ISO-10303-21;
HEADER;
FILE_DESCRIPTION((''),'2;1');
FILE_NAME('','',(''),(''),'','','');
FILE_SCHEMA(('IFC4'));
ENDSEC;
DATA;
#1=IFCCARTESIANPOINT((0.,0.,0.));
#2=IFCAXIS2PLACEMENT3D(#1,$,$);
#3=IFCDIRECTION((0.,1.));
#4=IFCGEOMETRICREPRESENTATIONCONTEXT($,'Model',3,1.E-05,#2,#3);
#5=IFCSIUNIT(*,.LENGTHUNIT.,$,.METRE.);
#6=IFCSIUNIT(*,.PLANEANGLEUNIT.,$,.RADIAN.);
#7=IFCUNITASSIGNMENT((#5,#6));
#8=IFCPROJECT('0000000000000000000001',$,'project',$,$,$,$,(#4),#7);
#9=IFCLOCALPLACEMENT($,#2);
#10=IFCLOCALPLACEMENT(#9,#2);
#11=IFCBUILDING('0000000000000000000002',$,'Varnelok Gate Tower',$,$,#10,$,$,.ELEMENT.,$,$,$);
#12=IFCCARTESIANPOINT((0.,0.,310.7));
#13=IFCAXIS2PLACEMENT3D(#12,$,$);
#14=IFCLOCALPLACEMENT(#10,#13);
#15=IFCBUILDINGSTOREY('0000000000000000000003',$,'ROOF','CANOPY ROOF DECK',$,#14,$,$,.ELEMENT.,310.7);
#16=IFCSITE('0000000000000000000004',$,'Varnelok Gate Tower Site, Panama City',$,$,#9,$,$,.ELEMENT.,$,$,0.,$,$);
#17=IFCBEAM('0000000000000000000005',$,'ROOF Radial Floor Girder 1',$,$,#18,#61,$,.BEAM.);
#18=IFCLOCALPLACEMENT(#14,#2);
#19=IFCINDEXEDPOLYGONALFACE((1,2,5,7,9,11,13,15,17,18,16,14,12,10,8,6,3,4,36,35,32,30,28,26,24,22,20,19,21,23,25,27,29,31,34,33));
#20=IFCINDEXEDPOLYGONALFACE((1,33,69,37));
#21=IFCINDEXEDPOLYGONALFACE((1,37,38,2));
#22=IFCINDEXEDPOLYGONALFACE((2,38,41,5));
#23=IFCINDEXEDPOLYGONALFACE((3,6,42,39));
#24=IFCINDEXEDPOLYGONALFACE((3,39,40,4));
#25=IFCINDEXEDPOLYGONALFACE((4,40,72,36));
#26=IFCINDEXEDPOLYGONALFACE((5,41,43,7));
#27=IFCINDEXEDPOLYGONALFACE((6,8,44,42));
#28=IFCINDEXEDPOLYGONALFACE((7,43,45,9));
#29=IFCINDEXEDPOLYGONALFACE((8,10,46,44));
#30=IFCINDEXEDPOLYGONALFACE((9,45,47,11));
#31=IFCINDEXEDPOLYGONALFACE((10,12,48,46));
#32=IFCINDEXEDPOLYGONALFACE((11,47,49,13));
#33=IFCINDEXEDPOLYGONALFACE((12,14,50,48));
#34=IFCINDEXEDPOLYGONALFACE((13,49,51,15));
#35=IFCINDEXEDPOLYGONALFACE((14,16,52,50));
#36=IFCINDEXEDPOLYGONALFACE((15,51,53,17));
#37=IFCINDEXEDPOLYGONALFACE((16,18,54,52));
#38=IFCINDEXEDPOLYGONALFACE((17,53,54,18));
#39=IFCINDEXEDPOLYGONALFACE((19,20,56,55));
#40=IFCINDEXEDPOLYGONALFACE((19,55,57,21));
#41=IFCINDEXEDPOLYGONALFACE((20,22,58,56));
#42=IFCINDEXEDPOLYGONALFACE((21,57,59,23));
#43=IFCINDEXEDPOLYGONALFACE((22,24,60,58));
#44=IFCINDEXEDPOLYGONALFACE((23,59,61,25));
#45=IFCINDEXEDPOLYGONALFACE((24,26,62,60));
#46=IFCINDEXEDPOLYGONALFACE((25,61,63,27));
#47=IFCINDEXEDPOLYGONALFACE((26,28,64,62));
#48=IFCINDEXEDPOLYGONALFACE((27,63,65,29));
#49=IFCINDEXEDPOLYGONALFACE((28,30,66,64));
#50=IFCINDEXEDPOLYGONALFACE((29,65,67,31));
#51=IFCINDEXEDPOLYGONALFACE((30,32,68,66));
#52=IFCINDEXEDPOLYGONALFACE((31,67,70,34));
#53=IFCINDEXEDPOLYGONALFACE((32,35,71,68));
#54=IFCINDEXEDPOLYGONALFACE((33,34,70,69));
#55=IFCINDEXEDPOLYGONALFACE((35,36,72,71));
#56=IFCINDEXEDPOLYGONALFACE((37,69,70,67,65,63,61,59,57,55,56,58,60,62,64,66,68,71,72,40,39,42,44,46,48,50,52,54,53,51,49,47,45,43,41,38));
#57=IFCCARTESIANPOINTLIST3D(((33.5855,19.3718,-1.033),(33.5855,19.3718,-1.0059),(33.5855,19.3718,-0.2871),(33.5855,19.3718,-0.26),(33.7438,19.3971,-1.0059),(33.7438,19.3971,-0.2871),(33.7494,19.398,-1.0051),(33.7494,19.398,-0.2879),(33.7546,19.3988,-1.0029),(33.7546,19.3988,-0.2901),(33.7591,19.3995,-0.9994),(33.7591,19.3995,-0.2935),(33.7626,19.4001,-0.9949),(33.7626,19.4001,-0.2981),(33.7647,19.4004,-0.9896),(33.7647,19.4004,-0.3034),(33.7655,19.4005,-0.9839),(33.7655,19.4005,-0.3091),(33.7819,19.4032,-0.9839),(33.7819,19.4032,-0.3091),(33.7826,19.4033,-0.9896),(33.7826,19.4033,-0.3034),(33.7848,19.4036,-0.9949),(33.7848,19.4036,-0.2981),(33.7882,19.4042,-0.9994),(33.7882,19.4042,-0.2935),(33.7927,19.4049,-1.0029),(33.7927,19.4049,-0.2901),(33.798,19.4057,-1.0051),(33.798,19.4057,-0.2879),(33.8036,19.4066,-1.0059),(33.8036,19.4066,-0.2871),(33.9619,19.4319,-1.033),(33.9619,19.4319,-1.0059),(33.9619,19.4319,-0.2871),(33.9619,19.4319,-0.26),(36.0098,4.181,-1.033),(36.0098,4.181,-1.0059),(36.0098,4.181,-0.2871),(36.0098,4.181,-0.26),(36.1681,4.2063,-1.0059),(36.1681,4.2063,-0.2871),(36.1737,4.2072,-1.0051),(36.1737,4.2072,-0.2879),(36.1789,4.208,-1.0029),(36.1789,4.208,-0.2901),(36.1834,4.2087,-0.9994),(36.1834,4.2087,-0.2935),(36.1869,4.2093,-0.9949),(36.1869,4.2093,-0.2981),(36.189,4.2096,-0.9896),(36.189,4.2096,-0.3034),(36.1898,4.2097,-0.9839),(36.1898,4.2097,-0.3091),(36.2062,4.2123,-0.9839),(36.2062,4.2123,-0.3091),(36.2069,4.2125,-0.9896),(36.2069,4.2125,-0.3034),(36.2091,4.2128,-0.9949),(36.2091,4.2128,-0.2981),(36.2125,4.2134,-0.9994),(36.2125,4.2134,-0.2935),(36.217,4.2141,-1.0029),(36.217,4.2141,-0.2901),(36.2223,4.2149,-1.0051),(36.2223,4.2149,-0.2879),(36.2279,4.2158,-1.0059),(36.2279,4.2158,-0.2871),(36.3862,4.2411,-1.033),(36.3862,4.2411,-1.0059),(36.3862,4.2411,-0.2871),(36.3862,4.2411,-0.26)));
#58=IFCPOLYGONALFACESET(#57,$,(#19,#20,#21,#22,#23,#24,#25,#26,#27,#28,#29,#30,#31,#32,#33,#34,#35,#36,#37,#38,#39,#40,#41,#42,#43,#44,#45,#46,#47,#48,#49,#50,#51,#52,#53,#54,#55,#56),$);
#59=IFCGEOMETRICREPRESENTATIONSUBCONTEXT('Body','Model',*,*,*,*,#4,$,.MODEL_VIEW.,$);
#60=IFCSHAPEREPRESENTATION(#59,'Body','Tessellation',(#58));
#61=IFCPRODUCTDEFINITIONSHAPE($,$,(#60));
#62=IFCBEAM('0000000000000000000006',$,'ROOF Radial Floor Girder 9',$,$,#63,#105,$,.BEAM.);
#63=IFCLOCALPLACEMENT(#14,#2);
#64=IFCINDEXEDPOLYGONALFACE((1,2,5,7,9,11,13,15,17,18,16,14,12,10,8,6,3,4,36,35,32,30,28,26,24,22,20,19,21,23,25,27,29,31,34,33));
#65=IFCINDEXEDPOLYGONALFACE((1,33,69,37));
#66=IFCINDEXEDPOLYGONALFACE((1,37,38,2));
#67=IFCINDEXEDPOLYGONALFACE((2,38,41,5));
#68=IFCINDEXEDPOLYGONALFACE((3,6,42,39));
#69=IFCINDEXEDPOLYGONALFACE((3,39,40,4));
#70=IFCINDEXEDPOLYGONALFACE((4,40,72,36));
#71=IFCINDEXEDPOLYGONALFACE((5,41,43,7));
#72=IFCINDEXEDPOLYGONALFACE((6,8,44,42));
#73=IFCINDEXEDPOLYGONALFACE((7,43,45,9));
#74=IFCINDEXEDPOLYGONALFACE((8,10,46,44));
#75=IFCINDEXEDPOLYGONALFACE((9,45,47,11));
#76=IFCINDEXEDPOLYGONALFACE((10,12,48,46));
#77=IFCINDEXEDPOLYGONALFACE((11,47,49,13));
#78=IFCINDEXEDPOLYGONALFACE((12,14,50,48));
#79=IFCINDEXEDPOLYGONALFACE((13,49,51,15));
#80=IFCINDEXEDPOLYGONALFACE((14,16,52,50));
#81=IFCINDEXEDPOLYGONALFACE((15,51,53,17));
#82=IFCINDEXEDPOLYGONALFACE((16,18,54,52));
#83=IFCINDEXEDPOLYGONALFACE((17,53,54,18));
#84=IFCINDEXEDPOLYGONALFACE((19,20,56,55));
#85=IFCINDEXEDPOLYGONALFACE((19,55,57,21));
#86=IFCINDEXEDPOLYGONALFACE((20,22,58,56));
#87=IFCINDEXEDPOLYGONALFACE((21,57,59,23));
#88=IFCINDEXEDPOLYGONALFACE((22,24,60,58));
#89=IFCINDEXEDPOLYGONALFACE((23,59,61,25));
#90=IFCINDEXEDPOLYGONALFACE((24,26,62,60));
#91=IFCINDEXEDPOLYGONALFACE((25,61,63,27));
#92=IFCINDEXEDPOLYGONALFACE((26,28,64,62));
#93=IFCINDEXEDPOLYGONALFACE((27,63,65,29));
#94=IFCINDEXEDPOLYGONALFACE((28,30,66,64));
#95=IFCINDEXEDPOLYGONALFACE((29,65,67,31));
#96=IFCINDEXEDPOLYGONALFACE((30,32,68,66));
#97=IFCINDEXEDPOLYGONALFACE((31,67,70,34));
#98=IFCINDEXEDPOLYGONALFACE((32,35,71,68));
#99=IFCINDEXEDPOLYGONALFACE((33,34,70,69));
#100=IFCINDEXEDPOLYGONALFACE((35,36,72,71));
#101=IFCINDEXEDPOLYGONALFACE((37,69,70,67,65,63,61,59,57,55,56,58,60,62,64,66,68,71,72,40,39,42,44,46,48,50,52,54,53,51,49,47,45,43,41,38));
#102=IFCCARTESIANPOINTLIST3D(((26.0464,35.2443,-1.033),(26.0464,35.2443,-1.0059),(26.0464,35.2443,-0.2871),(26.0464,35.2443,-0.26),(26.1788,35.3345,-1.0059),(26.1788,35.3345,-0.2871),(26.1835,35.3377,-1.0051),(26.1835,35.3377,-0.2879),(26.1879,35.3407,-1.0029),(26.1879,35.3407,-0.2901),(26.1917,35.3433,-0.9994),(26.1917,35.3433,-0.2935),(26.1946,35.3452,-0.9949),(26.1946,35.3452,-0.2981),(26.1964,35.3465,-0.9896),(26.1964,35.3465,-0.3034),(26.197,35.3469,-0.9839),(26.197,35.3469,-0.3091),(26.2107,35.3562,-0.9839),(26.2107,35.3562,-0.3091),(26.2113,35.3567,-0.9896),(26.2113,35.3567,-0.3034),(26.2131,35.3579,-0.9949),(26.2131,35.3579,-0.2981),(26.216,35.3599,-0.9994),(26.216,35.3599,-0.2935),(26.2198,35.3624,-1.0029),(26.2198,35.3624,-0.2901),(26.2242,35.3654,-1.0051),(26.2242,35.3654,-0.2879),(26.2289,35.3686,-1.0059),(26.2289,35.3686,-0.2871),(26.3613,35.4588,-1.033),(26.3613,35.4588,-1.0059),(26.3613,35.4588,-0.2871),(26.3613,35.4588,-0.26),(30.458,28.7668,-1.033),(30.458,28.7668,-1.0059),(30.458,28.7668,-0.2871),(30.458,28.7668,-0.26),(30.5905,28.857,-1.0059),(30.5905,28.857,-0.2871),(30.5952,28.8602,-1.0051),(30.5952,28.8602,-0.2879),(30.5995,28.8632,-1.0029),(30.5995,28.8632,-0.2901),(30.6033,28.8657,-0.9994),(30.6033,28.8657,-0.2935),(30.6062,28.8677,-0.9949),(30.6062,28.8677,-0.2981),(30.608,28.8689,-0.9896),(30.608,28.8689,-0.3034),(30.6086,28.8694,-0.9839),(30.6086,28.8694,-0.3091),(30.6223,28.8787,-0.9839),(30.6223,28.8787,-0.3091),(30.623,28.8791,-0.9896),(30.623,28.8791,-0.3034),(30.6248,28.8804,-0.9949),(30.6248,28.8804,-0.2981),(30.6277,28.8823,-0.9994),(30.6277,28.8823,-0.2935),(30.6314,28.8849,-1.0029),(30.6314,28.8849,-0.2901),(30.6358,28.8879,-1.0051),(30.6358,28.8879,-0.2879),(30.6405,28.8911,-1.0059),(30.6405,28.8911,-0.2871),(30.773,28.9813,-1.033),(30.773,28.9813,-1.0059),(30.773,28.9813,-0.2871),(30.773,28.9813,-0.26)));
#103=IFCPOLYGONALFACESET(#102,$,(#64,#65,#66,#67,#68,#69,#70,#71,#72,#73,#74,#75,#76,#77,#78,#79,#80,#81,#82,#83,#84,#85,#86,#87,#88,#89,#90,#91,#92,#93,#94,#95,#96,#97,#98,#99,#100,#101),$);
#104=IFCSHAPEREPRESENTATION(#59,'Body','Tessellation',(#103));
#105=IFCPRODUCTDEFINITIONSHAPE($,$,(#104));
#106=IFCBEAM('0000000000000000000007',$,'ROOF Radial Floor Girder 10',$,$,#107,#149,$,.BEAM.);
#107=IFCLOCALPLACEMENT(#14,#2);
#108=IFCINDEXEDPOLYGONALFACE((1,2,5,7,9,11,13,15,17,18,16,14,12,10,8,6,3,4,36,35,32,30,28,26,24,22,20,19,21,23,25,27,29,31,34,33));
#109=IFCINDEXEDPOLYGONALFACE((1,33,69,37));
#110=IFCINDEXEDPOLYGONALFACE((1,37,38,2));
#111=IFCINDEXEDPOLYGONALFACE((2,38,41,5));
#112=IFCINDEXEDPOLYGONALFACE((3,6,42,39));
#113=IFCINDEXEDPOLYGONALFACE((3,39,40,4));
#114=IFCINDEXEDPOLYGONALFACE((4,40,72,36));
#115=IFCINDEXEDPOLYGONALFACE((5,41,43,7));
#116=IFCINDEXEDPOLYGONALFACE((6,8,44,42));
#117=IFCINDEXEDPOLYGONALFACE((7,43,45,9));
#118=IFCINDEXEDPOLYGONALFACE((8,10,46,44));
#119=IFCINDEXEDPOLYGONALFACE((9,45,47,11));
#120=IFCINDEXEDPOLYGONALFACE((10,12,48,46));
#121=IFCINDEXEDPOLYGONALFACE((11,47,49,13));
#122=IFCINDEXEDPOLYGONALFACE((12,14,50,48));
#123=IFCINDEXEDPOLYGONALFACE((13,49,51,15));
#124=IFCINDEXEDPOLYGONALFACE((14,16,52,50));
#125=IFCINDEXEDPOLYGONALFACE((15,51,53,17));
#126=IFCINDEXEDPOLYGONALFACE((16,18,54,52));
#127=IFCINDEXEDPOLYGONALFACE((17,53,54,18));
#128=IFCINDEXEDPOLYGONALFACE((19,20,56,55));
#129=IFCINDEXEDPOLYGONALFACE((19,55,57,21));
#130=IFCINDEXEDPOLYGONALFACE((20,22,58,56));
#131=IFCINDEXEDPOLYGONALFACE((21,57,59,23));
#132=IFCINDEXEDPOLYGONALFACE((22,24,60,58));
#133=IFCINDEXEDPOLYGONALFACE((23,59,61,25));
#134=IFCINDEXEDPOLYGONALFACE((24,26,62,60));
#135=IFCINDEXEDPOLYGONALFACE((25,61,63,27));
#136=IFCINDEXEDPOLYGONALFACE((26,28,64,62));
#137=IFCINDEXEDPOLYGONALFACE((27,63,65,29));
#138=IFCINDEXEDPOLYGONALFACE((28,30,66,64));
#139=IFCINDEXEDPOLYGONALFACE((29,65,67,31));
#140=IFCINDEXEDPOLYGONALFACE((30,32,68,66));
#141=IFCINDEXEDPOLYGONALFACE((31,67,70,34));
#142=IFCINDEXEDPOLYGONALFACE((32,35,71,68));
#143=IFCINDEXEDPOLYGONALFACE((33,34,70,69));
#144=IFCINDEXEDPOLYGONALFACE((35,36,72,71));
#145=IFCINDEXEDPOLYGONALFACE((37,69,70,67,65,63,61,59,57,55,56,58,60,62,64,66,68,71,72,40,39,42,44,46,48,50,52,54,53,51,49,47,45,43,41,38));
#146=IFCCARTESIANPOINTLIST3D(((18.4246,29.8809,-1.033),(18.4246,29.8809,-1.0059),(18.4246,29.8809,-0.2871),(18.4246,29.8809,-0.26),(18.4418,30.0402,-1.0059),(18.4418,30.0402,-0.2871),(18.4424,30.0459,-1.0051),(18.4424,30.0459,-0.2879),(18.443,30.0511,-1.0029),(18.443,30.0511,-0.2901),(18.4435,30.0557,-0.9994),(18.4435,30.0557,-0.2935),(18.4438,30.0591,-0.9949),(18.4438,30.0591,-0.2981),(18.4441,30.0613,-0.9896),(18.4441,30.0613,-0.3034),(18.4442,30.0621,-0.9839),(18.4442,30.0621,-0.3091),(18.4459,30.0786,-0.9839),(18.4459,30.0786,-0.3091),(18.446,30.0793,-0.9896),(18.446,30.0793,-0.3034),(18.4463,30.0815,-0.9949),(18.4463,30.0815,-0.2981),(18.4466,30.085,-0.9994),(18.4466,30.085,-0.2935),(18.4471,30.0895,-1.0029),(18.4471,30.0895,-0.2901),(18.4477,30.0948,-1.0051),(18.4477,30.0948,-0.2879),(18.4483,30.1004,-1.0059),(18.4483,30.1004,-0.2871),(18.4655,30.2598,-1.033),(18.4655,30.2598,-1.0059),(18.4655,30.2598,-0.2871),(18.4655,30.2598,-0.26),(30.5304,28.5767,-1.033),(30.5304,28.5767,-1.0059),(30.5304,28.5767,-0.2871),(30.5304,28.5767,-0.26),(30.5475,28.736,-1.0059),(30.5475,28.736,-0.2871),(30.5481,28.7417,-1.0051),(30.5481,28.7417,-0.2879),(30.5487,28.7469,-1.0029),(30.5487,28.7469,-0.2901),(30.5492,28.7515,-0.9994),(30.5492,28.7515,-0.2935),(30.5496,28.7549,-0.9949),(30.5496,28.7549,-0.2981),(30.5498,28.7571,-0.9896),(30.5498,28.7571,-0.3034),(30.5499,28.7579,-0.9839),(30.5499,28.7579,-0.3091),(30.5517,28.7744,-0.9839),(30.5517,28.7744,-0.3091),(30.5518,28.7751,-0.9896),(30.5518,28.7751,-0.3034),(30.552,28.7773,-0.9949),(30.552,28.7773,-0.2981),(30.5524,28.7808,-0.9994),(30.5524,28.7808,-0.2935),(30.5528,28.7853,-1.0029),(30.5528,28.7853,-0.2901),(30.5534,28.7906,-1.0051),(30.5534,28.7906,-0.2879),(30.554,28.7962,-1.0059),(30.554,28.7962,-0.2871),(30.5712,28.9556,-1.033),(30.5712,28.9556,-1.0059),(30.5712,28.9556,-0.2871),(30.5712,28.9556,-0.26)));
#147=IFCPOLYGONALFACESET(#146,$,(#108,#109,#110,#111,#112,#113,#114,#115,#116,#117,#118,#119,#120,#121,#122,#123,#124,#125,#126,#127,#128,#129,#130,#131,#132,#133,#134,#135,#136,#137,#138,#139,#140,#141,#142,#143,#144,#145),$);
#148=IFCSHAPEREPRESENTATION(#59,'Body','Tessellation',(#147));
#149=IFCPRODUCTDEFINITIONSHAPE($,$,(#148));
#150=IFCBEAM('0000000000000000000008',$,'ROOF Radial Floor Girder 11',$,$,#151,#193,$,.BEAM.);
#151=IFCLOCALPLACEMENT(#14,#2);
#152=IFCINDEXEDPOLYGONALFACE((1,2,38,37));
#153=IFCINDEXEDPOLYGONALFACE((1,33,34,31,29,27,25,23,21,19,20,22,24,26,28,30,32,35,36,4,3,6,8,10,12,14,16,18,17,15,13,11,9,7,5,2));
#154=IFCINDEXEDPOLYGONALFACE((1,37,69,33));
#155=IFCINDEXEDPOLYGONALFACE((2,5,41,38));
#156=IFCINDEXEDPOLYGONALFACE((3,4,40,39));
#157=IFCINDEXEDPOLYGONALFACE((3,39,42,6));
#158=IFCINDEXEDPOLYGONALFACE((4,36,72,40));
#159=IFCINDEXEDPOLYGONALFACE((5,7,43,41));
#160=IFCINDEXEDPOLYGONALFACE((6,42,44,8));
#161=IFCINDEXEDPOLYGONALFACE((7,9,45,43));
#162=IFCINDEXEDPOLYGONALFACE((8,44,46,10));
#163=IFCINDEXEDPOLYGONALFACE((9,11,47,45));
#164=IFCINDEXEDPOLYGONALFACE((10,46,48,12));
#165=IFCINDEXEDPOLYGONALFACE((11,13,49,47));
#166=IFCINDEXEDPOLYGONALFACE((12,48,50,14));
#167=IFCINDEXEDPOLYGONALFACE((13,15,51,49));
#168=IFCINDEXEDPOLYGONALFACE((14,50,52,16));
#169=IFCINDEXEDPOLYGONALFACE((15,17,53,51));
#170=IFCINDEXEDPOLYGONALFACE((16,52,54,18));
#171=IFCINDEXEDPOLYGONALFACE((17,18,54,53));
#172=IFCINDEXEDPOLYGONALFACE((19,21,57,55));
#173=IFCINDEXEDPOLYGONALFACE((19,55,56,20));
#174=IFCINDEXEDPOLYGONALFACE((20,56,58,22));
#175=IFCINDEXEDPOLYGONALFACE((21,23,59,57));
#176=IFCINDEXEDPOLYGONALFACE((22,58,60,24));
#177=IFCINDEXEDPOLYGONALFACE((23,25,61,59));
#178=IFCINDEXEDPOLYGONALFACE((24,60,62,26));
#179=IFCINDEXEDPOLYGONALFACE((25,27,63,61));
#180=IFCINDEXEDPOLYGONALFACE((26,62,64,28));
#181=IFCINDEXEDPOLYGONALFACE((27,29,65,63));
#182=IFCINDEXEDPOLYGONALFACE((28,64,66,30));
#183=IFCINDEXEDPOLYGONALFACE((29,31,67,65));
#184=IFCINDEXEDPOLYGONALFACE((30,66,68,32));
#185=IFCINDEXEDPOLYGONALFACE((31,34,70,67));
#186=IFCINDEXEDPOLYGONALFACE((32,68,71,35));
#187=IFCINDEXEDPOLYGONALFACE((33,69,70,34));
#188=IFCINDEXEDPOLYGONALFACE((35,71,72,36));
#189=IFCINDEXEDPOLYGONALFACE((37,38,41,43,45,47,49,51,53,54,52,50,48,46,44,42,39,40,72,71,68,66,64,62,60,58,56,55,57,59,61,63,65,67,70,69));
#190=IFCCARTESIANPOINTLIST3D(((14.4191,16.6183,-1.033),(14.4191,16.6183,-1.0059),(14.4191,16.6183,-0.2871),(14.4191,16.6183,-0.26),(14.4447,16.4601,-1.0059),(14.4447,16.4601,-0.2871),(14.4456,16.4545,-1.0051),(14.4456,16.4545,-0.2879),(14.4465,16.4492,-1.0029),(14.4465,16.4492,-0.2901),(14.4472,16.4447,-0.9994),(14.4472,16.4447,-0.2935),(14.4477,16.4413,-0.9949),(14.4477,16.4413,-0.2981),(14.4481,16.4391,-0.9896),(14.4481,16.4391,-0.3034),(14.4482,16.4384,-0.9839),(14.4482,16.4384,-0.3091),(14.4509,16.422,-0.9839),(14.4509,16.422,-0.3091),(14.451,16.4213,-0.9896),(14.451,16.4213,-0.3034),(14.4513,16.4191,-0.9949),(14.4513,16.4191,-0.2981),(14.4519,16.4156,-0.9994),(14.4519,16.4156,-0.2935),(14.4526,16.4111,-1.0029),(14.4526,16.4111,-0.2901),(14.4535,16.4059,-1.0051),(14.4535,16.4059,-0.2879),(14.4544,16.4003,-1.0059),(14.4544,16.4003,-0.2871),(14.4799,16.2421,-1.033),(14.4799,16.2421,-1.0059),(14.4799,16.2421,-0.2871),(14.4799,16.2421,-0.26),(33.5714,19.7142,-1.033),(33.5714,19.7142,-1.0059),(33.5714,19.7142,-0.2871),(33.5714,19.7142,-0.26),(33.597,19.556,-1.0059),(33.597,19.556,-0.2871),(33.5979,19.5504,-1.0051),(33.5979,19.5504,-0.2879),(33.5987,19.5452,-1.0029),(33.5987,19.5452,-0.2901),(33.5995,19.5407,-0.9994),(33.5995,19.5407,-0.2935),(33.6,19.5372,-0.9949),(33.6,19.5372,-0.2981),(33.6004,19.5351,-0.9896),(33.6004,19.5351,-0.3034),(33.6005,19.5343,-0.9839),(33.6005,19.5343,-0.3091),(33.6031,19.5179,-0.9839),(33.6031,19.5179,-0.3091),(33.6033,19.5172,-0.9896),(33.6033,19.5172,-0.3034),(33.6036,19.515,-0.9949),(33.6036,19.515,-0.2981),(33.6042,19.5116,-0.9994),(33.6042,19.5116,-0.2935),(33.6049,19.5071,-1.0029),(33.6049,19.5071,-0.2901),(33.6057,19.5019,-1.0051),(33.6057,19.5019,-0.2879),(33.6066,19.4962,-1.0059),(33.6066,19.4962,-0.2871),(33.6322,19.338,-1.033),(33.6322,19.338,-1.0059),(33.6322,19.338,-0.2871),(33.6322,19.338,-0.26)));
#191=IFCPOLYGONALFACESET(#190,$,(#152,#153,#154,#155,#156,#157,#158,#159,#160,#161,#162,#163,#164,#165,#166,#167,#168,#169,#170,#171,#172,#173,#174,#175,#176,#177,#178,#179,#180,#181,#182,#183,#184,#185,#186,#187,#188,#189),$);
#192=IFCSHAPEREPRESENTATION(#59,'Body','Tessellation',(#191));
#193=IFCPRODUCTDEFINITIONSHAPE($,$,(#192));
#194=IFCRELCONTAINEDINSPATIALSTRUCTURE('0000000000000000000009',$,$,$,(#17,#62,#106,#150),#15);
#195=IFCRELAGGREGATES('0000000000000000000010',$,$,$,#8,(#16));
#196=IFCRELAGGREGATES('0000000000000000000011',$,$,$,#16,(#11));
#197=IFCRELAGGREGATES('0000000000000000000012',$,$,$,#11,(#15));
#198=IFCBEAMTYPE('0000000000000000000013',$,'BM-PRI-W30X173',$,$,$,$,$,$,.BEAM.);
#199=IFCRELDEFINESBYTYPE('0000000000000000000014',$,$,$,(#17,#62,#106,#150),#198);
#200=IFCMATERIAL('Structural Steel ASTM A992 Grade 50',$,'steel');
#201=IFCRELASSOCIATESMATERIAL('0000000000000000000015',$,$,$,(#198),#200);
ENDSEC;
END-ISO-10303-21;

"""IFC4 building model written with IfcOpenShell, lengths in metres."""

from ifc_helpers import new_model, si_unit, direction, frame, origin, origin_2d, place, context, subcontext, project, spatial, i_section, extrude, material, material_profile, profile_set, type_object, element, save


model = new_model("IFC4")

# Units and contexts
model_context = context("Model", 3, precision=1e-05, world=origin(), true_north=direction((0.0, 1.0)))
body_context = subcontext(model_context, "Body", "Model", "MODEL_VIEW")
ifc_project = project(units=[si_unit("LENGTHUNIT", "METRE"), si_unit("PLANEANGLEUNIT", "RADIAN")], contexts=[model_context])

# Site, building, storey
site_placement = place(None, origin())
site = spatial("IfcSite", under=ifc_project, at=site_placement, Name="Varnelok Gate Tower Site, Panama City", CompositionType="ELEMENT", RefElevation=0.0)
building_placement = place(site_placement, origin())
building = spatial("IfcBuilding", under=site, at=building_placement, Name="Varnelok Gate Tower", CompositionType="ELEMENT")
storey_placement = place(building_placement, frame((0.0, 0.0, 310.7)))
storey = spatial("IfcBuildingStorey", under=building, at=storey_placement, Name="ROOF", Description="CANOPY ROOF DECK", CompositionType="ELEMENT", Elevation=310.7)

# Beams
ifc_material_1 = material(Name="Structural Steel ASTM A992 Grade 50", Category="steel")
ifc_material_profile_1 = material_profile(ifc_material_1, i_section(OverallWidth=0.3811, OverallDepth=0.7729, WebThickness=0.0166, FlangeThickness=0.0271, FilletRadius=0.022, at=origin_2d()), Name="W30X173")
ifc_profile_set_1 = profile_set([ifc_material_profile_1], Name="Structural Steel ASTM A992 Grade 50")
beam_type_1 = type_object("IfcBeamType", Name="BM-PRI-W30X173", PredefinedType="BEAM", material=ifc_profile_set_1)
beam_1_placement = place(storey_placement, frame((33.7737, 19.4019, -0.6465), z_axis=(0.157596, -0.987504, 0.0), x_axis=(0.987504, 0.157596, 0.0)))
element("IfcBeam", 1, at=beam_1_placement, inside=storey, type_object=beam_type_1, Name="ROOF Radial Floor Girder 1", PredefinedType="BEAM", context=body_context, shape_type="SweptSolid", body=[
    extrude(i_section(OverallWidth=0.3811, OverallDepth=0.7729, WebThickness=0.0166, FlangeThickness=0.0271, FilletRadius=0.022, at=origin_2d()), origin(), (0.0, 0.0, 1.0), 15.3831),
])
beam_2_placement = place(storey_placement, frame((30.6155, 28.874, -0.6465), z_axis=(-0.562911, 0.826517, 0.0), x_axis=(-0.826517, -0.562911, 0.0)))
element("IfcBeam", 2, at=beam_2_placement, inside=storey, type_object=beam_type_1, Name="ROOF Radial Floor Girder 9", PredefinedType="BEAM", context=body_context, shape_type="SweptSolid", body=[
    extrude(i_section(OverallWidth=0.3811, OverallDepth=0.7729, WebThickness=0.0166, FlangeThickness=0.0271, FilletRadius=0.022, at=origin_2d()), origin(), (0.0, 0.0, 1.0), 7.8372),
])
beam_3_placement = place(storey_placement, frame((30.5508, 28.7661, -0.6465), z_axis=(-0.994247, 0.107114, 0.0), x_axis=(-0.107114, -0.994247, 0.0)))
element("IfcBeam", 3, at=beam_3_placement, inside=storey, type_object=beam_type_1, Name="ROOF Radial Floor Girder 10", PredefinedType="BEAM", context=body_context, shape_type="SweptSolid", body=[
    extrude(i_section(OverallWidth=0.3811, OverallDepth=0.7729, WebThickness=0.0166, FlangeThickness=0.0271, FilletRadius=0.022, at=origin_2d()), origin(), (0.0, 0.0, 1.0), 12.1758),
])
beam_4_placement = place(storey_placement, frame((33.6018, 19.5261, -0.6465), z_axis=(-0.987185, -0.159577, 0.0), x_axis=(0.159577, -0.987185, 0.0)))
element("IfcBeam", 4, at=beam_4_placement, inside=storey, type_object=beam_type_1, Name="ROOF Radial Floor Girder 11", PredefinedType="BEAM", context=body_context, shape_type="SweptSolid", body=[
    extrude(i_section(OverallWidth=0.3811, OverallDepth=0.7729, WebThickness=0.0166, FlangeThickness=0.0271, FilletRadius=0.022, at=origin_2d()), origin(), (0.0, 0.0, 1.0), 19.4009),
])

save(model, "model.ifc")
